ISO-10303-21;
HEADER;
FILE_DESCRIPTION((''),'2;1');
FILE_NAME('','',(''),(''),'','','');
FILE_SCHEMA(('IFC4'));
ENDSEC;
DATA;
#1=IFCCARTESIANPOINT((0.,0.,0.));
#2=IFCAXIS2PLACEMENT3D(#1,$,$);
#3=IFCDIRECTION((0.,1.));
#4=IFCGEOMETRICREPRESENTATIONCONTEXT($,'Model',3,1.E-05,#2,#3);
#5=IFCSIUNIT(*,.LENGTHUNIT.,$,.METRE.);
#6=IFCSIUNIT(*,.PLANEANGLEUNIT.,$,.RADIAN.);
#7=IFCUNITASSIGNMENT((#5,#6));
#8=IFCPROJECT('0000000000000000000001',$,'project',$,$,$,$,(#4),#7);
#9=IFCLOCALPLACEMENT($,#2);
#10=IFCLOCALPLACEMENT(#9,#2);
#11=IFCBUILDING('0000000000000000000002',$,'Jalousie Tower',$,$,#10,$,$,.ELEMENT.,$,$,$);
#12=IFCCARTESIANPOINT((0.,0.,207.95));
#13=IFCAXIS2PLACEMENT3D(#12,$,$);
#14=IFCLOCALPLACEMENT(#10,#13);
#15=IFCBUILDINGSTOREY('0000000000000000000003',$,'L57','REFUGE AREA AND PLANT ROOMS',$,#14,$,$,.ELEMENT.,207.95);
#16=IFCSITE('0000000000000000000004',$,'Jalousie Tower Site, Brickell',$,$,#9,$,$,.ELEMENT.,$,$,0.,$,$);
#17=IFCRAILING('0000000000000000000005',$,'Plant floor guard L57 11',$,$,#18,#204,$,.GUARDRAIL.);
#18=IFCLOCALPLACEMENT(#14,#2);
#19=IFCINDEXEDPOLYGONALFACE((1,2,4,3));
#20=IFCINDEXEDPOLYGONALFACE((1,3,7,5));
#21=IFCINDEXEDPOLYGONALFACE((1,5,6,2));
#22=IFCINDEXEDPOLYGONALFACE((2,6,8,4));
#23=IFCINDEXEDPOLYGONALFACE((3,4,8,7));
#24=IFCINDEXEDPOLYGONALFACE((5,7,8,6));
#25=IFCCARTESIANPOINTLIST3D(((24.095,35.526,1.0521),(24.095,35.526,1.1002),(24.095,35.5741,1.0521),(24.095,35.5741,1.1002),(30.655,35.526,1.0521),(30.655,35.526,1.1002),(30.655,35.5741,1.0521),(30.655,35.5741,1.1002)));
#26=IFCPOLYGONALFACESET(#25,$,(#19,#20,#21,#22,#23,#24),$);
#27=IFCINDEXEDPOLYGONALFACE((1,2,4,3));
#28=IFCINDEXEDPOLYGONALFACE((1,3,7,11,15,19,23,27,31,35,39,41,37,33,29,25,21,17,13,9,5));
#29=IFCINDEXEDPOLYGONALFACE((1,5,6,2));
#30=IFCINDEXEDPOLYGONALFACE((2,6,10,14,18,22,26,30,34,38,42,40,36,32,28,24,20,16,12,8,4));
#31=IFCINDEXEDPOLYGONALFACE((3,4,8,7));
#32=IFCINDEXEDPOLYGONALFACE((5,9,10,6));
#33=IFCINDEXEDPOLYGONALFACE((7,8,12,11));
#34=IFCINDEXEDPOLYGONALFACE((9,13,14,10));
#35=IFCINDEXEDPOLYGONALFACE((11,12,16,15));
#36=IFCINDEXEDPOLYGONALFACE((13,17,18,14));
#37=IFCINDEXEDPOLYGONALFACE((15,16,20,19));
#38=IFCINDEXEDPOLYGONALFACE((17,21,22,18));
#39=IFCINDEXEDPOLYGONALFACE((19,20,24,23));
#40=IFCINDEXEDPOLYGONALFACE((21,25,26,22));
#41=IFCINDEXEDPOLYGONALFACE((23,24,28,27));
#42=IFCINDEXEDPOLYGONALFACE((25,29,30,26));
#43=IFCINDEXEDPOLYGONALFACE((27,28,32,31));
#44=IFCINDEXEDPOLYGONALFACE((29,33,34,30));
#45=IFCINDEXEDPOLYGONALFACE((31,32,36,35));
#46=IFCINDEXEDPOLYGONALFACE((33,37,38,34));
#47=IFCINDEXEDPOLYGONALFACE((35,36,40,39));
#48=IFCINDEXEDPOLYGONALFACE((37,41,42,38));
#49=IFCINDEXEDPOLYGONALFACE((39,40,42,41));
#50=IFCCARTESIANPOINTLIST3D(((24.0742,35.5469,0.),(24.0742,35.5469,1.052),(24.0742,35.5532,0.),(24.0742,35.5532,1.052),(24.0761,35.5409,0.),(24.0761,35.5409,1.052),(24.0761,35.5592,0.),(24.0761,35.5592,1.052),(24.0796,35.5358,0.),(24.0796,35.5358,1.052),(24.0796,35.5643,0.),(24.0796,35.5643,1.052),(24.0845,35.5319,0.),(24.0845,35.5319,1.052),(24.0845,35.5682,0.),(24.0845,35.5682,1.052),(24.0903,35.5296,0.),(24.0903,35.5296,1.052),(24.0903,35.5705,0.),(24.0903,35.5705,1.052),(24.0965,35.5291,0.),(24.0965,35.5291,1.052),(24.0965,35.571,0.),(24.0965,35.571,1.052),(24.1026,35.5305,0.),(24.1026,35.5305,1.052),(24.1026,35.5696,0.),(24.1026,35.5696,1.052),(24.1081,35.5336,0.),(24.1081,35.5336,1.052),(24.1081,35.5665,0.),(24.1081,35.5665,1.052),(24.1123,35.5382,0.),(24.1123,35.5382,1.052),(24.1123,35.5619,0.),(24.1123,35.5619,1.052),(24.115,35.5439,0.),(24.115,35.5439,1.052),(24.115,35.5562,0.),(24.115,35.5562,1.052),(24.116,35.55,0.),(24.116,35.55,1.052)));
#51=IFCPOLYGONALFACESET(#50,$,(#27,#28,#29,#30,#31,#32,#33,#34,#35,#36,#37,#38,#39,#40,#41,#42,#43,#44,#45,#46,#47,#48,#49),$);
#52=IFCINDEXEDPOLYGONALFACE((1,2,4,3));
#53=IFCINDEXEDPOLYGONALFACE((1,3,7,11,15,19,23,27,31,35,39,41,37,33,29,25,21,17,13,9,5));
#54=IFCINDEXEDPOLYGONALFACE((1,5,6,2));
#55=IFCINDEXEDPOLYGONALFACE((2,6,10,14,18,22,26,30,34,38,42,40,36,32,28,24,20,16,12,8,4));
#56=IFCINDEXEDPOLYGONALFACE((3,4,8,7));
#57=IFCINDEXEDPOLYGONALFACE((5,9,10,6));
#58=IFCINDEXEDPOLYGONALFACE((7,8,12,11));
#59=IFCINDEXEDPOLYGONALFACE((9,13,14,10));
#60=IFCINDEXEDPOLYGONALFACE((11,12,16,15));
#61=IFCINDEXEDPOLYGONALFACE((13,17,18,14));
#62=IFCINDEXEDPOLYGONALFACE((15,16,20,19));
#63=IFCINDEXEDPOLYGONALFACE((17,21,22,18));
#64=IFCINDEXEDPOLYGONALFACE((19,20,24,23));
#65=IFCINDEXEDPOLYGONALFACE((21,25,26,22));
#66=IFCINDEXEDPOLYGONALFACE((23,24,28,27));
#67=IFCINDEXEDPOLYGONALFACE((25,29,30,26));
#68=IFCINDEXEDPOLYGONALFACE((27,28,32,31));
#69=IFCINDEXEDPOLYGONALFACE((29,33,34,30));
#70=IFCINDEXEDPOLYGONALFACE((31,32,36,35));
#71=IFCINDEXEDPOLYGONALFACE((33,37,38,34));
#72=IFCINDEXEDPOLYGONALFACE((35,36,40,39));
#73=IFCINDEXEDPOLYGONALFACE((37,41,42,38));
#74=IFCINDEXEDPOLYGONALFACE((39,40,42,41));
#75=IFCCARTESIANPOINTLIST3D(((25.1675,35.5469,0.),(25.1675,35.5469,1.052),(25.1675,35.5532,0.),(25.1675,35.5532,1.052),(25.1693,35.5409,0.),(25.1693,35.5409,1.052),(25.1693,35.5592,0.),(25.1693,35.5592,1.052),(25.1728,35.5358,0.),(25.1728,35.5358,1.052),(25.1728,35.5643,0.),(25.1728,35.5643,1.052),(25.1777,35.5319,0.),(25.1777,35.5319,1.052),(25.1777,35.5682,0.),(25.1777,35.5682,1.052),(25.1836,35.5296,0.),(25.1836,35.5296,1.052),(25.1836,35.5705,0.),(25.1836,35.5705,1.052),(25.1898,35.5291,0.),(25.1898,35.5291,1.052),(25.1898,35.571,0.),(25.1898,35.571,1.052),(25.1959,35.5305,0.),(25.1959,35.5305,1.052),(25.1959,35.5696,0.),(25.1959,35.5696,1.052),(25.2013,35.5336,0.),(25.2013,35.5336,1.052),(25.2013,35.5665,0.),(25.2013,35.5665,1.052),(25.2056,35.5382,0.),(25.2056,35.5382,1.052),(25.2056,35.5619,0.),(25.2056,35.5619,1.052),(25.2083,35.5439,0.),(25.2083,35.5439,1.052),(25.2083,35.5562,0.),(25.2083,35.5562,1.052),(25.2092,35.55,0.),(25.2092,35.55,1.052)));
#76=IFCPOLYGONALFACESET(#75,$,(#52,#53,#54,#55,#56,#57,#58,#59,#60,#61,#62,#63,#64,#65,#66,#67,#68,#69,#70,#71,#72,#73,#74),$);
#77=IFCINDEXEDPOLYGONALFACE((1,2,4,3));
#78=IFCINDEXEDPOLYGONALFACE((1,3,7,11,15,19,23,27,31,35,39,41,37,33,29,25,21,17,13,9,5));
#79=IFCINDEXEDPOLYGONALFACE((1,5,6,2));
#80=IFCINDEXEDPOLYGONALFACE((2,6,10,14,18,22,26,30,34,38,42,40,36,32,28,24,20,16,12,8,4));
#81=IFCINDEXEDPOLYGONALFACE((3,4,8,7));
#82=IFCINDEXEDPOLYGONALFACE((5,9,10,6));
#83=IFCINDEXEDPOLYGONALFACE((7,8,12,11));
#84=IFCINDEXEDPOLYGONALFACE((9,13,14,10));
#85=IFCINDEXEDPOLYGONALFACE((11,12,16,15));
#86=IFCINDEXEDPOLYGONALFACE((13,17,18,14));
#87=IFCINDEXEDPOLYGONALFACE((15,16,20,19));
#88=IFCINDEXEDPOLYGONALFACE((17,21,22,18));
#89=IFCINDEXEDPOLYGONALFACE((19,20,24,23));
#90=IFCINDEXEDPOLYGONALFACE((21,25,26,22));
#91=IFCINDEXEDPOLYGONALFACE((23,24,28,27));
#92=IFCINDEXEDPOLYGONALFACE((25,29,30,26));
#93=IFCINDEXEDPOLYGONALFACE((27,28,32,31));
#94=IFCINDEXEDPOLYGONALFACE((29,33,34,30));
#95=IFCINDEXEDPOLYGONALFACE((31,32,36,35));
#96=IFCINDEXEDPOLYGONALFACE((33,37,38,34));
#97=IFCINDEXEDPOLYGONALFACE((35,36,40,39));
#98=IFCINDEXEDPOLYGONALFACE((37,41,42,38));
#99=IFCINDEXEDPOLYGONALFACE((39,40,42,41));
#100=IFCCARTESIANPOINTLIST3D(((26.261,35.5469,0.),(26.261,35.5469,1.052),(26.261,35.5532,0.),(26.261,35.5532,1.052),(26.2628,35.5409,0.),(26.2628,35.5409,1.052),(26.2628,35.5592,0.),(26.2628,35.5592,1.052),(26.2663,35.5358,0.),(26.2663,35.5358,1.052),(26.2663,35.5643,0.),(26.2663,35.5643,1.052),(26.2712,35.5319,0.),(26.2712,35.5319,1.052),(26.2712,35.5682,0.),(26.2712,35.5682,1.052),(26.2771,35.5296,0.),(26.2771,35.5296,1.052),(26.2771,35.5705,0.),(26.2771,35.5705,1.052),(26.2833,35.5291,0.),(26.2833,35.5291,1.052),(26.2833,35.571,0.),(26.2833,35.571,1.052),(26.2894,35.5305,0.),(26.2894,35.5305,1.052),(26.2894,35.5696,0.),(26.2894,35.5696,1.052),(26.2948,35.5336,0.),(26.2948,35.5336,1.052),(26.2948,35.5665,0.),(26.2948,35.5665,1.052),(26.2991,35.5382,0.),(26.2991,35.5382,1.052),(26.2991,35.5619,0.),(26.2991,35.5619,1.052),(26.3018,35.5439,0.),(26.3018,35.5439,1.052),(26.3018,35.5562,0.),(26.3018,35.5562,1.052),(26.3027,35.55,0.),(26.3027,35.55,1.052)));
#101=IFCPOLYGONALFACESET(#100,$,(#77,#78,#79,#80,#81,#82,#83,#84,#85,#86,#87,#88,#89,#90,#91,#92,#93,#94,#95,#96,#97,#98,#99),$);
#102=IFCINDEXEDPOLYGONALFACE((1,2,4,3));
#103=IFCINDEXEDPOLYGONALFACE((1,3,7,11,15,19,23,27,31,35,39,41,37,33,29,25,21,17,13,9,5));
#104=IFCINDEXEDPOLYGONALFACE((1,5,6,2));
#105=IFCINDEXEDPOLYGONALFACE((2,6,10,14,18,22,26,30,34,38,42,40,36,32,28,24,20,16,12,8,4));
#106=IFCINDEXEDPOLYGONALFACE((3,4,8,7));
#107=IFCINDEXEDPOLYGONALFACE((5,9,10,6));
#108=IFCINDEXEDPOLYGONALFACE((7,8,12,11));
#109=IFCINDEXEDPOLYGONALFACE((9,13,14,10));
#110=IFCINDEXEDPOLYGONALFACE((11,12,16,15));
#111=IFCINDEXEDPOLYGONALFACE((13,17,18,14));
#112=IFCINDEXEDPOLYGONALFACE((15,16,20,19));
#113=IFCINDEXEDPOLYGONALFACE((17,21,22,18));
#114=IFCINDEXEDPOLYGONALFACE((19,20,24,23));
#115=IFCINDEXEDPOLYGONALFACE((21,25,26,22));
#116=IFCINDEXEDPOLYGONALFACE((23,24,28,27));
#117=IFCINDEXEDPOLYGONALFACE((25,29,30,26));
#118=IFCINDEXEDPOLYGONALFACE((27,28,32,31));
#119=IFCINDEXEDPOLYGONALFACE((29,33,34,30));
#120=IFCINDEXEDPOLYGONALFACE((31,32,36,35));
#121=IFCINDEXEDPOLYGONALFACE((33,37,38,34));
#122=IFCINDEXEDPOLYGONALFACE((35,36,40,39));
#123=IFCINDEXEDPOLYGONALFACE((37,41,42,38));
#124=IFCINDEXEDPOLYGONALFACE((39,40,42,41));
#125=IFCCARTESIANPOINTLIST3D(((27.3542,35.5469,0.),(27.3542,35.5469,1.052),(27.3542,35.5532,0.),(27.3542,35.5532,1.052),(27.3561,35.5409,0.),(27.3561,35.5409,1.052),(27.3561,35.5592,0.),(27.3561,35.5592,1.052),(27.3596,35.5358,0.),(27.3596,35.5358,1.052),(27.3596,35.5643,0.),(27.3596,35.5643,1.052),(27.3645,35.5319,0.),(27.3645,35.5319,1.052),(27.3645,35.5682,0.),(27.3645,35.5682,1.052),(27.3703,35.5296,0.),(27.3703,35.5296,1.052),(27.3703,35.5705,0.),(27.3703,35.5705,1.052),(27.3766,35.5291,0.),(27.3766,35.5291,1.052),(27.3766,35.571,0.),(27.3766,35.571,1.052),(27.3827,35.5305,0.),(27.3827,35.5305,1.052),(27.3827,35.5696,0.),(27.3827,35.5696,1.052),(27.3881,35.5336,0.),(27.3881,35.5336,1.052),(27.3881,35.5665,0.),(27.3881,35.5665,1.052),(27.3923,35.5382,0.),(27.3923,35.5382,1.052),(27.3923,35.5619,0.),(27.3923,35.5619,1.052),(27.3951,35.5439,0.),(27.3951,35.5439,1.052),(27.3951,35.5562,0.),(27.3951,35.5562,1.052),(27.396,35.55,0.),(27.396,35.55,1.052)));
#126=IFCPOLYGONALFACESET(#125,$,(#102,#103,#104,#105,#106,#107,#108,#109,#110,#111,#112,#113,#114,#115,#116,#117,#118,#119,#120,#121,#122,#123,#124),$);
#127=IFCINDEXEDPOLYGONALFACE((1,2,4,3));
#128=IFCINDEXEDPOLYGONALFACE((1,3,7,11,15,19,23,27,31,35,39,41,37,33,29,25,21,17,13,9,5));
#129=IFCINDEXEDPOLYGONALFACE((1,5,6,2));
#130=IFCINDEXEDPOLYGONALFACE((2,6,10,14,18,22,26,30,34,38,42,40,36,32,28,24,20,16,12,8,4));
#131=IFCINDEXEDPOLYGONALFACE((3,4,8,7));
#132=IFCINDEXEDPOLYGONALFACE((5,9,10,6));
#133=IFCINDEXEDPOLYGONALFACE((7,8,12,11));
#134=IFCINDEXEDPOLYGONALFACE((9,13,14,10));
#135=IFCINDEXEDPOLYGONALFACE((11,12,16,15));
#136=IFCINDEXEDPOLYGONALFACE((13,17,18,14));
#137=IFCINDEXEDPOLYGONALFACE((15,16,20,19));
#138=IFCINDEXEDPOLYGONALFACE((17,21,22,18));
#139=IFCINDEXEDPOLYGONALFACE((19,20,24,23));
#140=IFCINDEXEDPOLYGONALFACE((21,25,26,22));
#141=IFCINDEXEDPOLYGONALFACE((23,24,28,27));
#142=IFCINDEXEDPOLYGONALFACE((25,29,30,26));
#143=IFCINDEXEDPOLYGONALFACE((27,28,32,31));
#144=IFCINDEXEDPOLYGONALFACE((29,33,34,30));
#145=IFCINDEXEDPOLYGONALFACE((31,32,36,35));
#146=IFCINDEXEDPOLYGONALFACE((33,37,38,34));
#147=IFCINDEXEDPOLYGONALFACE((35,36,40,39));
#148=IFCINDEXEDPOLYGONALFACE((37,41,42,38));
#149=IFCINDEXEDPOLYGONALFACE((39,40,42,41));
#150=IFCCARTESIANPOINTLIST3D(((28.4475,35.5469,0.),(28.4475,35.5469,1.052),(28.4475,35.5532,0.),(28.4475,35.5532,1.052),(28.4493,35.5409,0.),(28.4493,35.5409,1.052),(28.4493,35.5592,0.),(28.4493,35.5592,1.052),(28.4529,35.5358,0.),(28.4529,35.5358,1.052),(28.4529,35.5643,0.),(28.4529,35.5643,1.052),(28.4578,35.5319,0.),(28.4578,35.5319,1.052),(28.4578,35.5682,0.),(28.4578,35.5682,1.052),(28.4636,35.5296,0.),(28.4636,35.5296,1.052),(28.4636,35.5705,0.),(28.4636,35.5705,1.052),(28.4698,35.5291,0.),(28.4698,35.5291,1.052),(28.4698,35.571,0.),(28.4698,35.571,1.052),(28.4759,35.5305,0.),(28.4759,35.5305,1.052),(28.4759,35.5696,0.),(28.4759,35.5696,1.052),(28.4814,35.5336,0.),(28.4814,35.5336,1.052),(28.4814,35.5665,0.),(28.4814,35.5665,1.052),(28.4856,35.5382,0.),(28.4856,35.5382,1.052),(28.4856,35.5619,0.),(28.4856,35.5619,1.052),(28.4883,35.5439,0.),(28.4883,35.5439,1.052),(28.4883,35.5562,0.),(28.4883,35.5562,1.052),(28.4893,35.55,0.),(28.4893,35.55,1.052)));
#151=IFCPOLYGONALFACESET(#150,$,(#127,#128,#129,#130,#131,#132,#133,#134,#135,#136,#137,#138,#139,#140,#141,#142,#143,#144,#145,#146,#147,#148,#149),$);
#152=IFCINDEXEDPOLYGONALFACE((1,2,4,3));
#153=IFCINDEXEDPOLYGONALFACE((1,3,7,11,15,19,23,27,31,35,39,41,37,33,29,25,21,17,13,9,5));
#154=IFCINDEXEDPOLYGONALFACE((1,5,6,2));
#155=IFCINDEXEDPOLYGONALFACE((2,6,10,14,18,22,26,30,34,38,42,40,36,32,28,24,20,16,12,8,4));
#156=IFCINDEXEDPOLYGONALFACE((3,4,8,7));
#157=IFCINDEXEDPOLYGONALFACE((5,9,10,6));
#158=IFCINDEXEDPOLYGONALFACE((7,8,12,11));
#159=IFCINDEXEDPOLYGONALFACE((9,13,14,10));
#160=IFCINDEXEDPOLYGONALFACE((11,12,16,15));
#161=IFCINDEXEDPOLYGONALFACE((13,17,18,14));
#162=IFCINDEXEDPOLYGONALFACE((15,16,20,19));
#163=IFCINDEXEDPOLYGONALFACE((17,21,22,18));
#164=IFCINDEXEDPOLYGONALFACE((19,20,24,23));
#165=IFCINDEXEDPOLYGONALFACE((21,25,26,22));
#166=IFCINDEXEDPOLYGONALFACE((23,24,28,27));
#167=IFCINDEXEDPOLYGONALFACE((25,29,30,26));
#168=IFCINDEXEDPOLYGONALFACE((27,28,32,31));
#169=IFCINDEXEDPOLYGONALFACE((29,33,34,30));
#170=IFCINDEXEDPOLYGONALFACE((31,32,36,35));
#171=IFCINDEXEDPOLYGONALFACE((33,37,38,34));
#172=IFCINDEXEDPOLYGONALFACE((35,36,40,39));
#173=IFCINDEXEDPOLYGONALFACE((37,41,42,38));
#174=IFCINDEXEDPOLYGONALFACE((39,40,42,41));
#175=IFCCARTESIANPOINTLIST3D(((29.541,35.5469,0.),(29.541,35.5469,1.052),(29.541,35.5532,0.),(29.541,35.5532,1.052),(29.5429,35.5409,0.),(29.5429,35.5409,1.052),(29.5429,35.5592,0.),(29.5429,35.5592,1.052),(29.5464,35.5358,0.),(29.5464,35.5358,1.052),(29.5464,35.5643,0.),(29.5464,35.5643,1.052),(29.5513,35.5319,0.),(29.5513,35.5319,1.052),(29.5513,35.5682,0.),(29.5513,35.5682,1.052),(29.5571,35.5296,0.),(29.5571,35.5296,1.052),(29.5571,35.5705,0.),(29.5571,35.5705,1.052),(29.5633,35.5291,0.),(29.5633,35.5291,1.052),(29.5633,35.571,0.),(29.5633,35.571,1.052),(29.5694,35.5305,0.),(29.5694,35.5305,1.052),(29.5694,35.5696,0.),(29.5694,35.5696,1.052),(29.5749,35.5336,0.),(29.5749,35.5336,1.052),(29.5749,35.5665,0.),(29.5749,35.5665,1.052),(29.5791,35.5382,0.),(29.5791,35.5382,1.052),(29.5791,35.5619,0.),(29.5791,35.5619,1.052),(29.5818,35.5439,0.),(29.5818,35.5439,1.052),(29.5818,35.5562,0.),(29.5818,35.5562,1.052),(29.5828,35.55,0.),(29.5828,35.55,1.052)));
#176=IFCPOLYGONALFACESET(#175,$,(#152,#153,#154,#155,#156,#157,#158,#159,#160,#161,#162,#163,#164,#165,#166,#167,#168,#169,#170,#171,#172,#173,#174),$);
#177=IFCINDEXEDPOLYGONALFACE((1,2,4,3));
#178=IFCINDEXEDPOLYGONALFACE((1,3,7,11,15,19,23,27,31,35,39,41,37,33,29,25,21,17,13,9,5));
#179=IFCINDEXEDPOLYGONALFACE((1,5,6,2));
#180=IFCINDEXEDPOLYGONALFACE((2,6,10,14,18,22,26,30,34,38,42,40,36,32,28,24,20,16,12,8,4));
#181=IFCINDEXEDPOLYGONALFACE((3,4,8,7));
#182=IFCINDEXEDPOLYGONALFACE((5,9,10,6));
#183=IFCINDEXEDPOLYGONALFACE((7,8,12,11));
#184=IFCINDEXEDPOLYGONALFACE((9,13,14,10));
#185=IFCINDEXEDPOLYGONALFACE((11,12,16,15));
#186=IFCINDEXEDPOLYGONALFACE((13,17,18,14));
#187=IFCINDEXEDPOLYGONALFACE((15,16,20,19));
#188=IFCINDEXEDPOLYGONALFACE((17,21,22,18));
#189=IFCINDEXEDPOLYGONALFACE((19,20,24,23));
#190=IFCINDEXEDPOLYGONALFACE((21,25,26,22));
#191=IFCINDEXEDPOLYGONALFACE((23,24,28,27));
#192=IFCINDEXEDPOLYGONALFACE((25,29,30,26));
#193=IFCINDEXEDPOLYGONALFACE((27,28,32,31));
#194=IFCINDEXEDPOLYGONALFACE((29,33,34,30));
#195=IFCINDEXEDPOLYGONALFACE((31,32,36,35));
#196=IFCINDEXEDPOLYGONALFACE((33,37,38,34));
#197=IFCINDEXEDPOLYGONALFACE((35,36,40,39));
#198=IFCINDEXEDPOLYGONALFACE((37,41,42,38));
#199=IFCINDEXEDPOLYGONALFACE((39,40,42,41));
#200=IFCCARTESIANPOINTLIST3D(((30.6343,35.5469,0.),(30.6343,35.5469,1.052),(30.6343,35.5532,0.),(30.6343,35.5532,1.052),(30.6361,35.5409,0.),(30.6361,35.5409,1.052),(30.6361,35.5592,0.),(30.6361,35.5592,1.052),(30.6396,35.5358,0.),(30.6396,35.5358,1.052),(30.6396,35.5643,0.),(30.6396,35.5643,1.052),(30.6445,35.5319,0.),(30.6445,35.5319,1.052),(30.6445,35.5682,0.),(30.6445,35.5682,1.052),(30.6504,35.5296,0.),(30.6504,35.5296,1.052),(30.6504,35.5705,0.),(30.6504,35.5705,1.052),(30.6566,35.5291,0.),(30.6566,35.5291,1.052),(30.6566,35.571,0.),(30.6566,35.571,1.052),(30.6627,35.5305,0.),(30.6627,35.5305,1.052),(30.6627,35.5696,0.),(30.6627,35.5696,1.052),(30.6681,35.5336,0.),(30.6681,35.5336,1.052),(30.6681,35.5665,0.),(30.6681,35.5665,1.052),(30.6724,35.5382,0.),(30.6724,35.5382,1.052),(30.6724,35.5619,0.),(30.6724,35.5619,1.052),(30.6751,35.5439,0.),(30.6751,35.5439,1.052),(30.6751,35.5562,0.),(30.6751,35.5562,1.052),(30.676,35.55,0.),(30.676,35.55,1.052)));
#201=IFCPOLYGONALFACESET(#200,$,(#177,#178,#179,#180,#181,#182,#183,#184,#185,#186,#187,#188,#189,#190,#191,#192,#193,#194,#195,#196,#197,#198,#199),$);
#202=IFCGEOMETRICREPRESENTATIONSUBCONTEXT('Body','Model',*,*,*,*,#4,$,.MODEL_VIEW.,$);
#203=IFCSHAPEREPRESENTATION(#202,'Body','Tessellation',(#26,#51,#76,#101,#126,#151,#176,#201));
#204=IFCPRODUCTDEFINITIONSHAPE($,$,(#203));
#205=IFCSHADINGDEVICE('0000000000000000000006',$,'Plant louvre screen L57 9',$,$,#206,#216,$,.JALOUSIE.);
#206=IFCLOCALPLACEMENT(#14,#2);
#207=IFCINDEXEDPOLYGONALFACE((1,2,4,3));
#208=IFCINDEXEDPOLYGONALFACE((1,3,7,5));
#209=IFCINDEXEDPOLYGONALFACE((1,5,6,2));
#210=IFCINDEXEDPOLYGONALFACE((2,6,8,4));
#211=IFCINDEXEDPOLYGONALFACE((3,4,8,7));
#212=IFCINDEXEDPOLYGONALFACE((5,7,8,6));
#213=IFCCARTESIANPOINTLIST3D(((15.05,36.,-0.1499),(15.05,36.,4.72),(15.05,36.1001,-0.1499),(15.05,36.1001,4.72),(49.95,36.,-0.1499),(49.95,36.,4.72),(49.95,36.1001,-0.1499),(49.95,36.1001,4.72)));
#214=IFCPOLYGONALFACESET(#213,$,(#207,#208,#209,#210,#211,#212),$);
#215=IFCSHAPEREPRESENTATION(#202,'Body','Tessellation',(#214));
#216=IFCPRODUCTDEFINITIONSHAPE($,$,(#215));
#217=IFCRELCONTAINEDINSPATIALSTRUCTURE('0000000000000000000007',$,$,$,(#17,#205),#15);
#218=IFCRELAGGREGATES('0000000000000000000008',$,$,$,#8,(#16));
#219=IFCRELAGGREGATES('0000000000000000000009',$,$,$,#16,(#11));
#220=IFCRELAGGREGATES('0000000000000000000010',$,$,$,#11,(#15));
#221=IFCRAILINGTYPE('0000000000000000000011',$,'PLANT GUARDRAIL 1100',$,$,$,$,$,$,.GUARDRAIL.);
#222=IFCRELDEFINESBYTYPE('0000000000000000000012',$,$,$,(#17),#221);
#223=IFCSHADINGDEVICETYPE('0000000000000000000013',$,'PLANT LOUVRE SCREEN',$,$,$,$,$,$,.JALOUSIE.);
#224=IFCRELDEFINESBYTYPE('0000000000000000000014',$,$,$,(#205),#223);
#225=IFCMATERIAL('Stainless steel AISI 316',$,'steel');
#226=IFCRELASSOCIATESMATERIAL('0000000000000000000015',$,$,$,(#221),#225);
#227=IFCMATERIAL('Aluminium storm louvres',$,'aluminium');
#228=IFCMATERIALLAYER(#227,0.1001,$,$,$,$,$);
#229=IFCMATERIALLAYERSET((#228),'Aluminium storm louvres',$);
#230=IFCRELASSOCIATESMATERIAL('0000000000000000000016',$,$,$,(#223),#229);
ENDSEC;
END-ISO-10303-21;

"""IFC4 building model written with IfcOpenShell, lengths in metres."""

from ifc_helpers import new_model, si_unit, direction, frame, origin, origin_2d, place, context, subcontext, project, spatial, polyline, rectangle, circle, outline, extrude, material, layer, layer_set, type_object, element, save


model = new_model("IFC4")

# Units and contexts
model_context = context("Model", 3, precision=1e-05, world=origin(), true_north=direction((0.0, 1.0)))
body_context = subcontext(model_context, "Body", "Model", "MODEL_VIEW")
ifc_project = project(units=[si_unit("LENGTHUNIT", "METRE"), si_unit("PLANEANGLEUNIT", "RADIAN")], contexts=[model_context])

# Site, building, storey
site_placement = place(None, origin())
site = spatial("IfcSite", under=ifc_project, at=site_placement, Name="Jalousie Tower Site, Brickell", CompositionType="ELEMENT", RefElevation=0.0)
building_placement = place(site_placement, origin())
building = spatial("IfcBuilding", under=site, at=building_placement, Name="Jalousie Tower", CompositionType="ELEMENT")
storey_placement = place(building_placement, frame((0.0, 0.0, 207.95)))
storey = spatial("IfcBuildingStorey", under=building, at=storey_placement, Name="L57", Description="REFUGE AREA AND PLANT ROOMS", CompositionType="ELEMENT", Elevation=207.95)

# Railing
ifc_material_1 = material(Name="Stainless steel AISI 316", Category="steel")
railing_type = type_object("IfcRailingType", Name="PLANT GUARDRAIL 1100", PredefinedType="GUARDRAIL", material=ifc_material_1)
railing_1_placement = place(storey_placement, frame((24.095, 35.55, 0.0)))
element("IfcRailing", 1, at=railing_1_placement, inside=storey, type_object=railing_type, Name="Plant floor guard L57 11", PredefinedType="GUARDRAIL", context=body_context, shape_type="SweptSolid", body=[
    extrude(rectangle(XDim=0.0481, YDim=0.0481, at=origin_2d()), frame((0.0, 0.0, 1.0762), z_axis=(1.0, 0.0, 0.0), x_axis=(0.0, 1.0, 0.0)), (0.0, 0.0, 1.0), 6.5601),
    extrude(circle(Radius=0.021, at=origin_2d()), origin(), (0.0, 0.0, 1.0), 1.052),
    extrude(circle(Radius=0.021, at=origin_2d()), frame((1.0933, 0.0, 0.0)), (0.0, 0.0, 1.0), 1.052),
    extrude(circle(Radius=0.021, at=origin_2d()), frame((2.1868, 0.0, 0.0)), (0.0, 0.0, 1.0), 1.052),
    extrude(circle(Radius=0.021, at=origin_2d()), frame((3.28, 0.0, 0.0)), (0.0, 0.0, 1.0), 1.052),
    extrude(circle(Radius=0.021, at=origin_2d()), frame((4.3733, 0.0, 0.0)), (0.0, 0.0, 1.0), 1.052),
    extrude(circle(Radius=0.021, at=origin_2d()), frame((5.4668, 0.0, 0.0)), (0.0, 0.0, 1.0), 1.052),
    extrude(circle(Radius=0.021, at=origin_2d()), frame((6.5601, 0.0, 0.0)), (0.0, 0.0, 1.0), 1.052),
])

# Shading device
ifc_material_2 = material(Name="Aluminium storm louvres", Category="aluminium")
ifc_layer_1 = layer(ifc_material_2, 0.1001)
ifc_layer_set_1 = layer_set([ifc_layer_1], Name="Aluminium storm louvres")
shading_device_type = type_object("IfcShadingDeviceType", Name="PLANT LOUVRE SCREEN", PredefinedType="JALOUSIE", material=ifc_layer_set_1)
shading_device_1_placement = place(storey_placement, frame((15.05, 36.1001, -0.1499), z_axis=(0.0, 1.0, 0.0), x_axis=(0.0, 0.0, 1.0)))
element("IfcShadingDevice", 2, at=shading_device_1_placement, inside=storey, type_object=shading_device_type, Name="Plant louvre screen L57 9", PredefinedType="JALOUSIE", context=body_context, shape_type="SweptSolid", body=[
    extrude(outline(polyline([(0.0, 0.0), (4.8699, 0.0), (4.8699, 34.8999), (0.0, 34.8999), (0.0, 0.0)])), origin(), (0.0, 0.0, -1.0), 0.1001),
])

save(model, "model.ifc")
